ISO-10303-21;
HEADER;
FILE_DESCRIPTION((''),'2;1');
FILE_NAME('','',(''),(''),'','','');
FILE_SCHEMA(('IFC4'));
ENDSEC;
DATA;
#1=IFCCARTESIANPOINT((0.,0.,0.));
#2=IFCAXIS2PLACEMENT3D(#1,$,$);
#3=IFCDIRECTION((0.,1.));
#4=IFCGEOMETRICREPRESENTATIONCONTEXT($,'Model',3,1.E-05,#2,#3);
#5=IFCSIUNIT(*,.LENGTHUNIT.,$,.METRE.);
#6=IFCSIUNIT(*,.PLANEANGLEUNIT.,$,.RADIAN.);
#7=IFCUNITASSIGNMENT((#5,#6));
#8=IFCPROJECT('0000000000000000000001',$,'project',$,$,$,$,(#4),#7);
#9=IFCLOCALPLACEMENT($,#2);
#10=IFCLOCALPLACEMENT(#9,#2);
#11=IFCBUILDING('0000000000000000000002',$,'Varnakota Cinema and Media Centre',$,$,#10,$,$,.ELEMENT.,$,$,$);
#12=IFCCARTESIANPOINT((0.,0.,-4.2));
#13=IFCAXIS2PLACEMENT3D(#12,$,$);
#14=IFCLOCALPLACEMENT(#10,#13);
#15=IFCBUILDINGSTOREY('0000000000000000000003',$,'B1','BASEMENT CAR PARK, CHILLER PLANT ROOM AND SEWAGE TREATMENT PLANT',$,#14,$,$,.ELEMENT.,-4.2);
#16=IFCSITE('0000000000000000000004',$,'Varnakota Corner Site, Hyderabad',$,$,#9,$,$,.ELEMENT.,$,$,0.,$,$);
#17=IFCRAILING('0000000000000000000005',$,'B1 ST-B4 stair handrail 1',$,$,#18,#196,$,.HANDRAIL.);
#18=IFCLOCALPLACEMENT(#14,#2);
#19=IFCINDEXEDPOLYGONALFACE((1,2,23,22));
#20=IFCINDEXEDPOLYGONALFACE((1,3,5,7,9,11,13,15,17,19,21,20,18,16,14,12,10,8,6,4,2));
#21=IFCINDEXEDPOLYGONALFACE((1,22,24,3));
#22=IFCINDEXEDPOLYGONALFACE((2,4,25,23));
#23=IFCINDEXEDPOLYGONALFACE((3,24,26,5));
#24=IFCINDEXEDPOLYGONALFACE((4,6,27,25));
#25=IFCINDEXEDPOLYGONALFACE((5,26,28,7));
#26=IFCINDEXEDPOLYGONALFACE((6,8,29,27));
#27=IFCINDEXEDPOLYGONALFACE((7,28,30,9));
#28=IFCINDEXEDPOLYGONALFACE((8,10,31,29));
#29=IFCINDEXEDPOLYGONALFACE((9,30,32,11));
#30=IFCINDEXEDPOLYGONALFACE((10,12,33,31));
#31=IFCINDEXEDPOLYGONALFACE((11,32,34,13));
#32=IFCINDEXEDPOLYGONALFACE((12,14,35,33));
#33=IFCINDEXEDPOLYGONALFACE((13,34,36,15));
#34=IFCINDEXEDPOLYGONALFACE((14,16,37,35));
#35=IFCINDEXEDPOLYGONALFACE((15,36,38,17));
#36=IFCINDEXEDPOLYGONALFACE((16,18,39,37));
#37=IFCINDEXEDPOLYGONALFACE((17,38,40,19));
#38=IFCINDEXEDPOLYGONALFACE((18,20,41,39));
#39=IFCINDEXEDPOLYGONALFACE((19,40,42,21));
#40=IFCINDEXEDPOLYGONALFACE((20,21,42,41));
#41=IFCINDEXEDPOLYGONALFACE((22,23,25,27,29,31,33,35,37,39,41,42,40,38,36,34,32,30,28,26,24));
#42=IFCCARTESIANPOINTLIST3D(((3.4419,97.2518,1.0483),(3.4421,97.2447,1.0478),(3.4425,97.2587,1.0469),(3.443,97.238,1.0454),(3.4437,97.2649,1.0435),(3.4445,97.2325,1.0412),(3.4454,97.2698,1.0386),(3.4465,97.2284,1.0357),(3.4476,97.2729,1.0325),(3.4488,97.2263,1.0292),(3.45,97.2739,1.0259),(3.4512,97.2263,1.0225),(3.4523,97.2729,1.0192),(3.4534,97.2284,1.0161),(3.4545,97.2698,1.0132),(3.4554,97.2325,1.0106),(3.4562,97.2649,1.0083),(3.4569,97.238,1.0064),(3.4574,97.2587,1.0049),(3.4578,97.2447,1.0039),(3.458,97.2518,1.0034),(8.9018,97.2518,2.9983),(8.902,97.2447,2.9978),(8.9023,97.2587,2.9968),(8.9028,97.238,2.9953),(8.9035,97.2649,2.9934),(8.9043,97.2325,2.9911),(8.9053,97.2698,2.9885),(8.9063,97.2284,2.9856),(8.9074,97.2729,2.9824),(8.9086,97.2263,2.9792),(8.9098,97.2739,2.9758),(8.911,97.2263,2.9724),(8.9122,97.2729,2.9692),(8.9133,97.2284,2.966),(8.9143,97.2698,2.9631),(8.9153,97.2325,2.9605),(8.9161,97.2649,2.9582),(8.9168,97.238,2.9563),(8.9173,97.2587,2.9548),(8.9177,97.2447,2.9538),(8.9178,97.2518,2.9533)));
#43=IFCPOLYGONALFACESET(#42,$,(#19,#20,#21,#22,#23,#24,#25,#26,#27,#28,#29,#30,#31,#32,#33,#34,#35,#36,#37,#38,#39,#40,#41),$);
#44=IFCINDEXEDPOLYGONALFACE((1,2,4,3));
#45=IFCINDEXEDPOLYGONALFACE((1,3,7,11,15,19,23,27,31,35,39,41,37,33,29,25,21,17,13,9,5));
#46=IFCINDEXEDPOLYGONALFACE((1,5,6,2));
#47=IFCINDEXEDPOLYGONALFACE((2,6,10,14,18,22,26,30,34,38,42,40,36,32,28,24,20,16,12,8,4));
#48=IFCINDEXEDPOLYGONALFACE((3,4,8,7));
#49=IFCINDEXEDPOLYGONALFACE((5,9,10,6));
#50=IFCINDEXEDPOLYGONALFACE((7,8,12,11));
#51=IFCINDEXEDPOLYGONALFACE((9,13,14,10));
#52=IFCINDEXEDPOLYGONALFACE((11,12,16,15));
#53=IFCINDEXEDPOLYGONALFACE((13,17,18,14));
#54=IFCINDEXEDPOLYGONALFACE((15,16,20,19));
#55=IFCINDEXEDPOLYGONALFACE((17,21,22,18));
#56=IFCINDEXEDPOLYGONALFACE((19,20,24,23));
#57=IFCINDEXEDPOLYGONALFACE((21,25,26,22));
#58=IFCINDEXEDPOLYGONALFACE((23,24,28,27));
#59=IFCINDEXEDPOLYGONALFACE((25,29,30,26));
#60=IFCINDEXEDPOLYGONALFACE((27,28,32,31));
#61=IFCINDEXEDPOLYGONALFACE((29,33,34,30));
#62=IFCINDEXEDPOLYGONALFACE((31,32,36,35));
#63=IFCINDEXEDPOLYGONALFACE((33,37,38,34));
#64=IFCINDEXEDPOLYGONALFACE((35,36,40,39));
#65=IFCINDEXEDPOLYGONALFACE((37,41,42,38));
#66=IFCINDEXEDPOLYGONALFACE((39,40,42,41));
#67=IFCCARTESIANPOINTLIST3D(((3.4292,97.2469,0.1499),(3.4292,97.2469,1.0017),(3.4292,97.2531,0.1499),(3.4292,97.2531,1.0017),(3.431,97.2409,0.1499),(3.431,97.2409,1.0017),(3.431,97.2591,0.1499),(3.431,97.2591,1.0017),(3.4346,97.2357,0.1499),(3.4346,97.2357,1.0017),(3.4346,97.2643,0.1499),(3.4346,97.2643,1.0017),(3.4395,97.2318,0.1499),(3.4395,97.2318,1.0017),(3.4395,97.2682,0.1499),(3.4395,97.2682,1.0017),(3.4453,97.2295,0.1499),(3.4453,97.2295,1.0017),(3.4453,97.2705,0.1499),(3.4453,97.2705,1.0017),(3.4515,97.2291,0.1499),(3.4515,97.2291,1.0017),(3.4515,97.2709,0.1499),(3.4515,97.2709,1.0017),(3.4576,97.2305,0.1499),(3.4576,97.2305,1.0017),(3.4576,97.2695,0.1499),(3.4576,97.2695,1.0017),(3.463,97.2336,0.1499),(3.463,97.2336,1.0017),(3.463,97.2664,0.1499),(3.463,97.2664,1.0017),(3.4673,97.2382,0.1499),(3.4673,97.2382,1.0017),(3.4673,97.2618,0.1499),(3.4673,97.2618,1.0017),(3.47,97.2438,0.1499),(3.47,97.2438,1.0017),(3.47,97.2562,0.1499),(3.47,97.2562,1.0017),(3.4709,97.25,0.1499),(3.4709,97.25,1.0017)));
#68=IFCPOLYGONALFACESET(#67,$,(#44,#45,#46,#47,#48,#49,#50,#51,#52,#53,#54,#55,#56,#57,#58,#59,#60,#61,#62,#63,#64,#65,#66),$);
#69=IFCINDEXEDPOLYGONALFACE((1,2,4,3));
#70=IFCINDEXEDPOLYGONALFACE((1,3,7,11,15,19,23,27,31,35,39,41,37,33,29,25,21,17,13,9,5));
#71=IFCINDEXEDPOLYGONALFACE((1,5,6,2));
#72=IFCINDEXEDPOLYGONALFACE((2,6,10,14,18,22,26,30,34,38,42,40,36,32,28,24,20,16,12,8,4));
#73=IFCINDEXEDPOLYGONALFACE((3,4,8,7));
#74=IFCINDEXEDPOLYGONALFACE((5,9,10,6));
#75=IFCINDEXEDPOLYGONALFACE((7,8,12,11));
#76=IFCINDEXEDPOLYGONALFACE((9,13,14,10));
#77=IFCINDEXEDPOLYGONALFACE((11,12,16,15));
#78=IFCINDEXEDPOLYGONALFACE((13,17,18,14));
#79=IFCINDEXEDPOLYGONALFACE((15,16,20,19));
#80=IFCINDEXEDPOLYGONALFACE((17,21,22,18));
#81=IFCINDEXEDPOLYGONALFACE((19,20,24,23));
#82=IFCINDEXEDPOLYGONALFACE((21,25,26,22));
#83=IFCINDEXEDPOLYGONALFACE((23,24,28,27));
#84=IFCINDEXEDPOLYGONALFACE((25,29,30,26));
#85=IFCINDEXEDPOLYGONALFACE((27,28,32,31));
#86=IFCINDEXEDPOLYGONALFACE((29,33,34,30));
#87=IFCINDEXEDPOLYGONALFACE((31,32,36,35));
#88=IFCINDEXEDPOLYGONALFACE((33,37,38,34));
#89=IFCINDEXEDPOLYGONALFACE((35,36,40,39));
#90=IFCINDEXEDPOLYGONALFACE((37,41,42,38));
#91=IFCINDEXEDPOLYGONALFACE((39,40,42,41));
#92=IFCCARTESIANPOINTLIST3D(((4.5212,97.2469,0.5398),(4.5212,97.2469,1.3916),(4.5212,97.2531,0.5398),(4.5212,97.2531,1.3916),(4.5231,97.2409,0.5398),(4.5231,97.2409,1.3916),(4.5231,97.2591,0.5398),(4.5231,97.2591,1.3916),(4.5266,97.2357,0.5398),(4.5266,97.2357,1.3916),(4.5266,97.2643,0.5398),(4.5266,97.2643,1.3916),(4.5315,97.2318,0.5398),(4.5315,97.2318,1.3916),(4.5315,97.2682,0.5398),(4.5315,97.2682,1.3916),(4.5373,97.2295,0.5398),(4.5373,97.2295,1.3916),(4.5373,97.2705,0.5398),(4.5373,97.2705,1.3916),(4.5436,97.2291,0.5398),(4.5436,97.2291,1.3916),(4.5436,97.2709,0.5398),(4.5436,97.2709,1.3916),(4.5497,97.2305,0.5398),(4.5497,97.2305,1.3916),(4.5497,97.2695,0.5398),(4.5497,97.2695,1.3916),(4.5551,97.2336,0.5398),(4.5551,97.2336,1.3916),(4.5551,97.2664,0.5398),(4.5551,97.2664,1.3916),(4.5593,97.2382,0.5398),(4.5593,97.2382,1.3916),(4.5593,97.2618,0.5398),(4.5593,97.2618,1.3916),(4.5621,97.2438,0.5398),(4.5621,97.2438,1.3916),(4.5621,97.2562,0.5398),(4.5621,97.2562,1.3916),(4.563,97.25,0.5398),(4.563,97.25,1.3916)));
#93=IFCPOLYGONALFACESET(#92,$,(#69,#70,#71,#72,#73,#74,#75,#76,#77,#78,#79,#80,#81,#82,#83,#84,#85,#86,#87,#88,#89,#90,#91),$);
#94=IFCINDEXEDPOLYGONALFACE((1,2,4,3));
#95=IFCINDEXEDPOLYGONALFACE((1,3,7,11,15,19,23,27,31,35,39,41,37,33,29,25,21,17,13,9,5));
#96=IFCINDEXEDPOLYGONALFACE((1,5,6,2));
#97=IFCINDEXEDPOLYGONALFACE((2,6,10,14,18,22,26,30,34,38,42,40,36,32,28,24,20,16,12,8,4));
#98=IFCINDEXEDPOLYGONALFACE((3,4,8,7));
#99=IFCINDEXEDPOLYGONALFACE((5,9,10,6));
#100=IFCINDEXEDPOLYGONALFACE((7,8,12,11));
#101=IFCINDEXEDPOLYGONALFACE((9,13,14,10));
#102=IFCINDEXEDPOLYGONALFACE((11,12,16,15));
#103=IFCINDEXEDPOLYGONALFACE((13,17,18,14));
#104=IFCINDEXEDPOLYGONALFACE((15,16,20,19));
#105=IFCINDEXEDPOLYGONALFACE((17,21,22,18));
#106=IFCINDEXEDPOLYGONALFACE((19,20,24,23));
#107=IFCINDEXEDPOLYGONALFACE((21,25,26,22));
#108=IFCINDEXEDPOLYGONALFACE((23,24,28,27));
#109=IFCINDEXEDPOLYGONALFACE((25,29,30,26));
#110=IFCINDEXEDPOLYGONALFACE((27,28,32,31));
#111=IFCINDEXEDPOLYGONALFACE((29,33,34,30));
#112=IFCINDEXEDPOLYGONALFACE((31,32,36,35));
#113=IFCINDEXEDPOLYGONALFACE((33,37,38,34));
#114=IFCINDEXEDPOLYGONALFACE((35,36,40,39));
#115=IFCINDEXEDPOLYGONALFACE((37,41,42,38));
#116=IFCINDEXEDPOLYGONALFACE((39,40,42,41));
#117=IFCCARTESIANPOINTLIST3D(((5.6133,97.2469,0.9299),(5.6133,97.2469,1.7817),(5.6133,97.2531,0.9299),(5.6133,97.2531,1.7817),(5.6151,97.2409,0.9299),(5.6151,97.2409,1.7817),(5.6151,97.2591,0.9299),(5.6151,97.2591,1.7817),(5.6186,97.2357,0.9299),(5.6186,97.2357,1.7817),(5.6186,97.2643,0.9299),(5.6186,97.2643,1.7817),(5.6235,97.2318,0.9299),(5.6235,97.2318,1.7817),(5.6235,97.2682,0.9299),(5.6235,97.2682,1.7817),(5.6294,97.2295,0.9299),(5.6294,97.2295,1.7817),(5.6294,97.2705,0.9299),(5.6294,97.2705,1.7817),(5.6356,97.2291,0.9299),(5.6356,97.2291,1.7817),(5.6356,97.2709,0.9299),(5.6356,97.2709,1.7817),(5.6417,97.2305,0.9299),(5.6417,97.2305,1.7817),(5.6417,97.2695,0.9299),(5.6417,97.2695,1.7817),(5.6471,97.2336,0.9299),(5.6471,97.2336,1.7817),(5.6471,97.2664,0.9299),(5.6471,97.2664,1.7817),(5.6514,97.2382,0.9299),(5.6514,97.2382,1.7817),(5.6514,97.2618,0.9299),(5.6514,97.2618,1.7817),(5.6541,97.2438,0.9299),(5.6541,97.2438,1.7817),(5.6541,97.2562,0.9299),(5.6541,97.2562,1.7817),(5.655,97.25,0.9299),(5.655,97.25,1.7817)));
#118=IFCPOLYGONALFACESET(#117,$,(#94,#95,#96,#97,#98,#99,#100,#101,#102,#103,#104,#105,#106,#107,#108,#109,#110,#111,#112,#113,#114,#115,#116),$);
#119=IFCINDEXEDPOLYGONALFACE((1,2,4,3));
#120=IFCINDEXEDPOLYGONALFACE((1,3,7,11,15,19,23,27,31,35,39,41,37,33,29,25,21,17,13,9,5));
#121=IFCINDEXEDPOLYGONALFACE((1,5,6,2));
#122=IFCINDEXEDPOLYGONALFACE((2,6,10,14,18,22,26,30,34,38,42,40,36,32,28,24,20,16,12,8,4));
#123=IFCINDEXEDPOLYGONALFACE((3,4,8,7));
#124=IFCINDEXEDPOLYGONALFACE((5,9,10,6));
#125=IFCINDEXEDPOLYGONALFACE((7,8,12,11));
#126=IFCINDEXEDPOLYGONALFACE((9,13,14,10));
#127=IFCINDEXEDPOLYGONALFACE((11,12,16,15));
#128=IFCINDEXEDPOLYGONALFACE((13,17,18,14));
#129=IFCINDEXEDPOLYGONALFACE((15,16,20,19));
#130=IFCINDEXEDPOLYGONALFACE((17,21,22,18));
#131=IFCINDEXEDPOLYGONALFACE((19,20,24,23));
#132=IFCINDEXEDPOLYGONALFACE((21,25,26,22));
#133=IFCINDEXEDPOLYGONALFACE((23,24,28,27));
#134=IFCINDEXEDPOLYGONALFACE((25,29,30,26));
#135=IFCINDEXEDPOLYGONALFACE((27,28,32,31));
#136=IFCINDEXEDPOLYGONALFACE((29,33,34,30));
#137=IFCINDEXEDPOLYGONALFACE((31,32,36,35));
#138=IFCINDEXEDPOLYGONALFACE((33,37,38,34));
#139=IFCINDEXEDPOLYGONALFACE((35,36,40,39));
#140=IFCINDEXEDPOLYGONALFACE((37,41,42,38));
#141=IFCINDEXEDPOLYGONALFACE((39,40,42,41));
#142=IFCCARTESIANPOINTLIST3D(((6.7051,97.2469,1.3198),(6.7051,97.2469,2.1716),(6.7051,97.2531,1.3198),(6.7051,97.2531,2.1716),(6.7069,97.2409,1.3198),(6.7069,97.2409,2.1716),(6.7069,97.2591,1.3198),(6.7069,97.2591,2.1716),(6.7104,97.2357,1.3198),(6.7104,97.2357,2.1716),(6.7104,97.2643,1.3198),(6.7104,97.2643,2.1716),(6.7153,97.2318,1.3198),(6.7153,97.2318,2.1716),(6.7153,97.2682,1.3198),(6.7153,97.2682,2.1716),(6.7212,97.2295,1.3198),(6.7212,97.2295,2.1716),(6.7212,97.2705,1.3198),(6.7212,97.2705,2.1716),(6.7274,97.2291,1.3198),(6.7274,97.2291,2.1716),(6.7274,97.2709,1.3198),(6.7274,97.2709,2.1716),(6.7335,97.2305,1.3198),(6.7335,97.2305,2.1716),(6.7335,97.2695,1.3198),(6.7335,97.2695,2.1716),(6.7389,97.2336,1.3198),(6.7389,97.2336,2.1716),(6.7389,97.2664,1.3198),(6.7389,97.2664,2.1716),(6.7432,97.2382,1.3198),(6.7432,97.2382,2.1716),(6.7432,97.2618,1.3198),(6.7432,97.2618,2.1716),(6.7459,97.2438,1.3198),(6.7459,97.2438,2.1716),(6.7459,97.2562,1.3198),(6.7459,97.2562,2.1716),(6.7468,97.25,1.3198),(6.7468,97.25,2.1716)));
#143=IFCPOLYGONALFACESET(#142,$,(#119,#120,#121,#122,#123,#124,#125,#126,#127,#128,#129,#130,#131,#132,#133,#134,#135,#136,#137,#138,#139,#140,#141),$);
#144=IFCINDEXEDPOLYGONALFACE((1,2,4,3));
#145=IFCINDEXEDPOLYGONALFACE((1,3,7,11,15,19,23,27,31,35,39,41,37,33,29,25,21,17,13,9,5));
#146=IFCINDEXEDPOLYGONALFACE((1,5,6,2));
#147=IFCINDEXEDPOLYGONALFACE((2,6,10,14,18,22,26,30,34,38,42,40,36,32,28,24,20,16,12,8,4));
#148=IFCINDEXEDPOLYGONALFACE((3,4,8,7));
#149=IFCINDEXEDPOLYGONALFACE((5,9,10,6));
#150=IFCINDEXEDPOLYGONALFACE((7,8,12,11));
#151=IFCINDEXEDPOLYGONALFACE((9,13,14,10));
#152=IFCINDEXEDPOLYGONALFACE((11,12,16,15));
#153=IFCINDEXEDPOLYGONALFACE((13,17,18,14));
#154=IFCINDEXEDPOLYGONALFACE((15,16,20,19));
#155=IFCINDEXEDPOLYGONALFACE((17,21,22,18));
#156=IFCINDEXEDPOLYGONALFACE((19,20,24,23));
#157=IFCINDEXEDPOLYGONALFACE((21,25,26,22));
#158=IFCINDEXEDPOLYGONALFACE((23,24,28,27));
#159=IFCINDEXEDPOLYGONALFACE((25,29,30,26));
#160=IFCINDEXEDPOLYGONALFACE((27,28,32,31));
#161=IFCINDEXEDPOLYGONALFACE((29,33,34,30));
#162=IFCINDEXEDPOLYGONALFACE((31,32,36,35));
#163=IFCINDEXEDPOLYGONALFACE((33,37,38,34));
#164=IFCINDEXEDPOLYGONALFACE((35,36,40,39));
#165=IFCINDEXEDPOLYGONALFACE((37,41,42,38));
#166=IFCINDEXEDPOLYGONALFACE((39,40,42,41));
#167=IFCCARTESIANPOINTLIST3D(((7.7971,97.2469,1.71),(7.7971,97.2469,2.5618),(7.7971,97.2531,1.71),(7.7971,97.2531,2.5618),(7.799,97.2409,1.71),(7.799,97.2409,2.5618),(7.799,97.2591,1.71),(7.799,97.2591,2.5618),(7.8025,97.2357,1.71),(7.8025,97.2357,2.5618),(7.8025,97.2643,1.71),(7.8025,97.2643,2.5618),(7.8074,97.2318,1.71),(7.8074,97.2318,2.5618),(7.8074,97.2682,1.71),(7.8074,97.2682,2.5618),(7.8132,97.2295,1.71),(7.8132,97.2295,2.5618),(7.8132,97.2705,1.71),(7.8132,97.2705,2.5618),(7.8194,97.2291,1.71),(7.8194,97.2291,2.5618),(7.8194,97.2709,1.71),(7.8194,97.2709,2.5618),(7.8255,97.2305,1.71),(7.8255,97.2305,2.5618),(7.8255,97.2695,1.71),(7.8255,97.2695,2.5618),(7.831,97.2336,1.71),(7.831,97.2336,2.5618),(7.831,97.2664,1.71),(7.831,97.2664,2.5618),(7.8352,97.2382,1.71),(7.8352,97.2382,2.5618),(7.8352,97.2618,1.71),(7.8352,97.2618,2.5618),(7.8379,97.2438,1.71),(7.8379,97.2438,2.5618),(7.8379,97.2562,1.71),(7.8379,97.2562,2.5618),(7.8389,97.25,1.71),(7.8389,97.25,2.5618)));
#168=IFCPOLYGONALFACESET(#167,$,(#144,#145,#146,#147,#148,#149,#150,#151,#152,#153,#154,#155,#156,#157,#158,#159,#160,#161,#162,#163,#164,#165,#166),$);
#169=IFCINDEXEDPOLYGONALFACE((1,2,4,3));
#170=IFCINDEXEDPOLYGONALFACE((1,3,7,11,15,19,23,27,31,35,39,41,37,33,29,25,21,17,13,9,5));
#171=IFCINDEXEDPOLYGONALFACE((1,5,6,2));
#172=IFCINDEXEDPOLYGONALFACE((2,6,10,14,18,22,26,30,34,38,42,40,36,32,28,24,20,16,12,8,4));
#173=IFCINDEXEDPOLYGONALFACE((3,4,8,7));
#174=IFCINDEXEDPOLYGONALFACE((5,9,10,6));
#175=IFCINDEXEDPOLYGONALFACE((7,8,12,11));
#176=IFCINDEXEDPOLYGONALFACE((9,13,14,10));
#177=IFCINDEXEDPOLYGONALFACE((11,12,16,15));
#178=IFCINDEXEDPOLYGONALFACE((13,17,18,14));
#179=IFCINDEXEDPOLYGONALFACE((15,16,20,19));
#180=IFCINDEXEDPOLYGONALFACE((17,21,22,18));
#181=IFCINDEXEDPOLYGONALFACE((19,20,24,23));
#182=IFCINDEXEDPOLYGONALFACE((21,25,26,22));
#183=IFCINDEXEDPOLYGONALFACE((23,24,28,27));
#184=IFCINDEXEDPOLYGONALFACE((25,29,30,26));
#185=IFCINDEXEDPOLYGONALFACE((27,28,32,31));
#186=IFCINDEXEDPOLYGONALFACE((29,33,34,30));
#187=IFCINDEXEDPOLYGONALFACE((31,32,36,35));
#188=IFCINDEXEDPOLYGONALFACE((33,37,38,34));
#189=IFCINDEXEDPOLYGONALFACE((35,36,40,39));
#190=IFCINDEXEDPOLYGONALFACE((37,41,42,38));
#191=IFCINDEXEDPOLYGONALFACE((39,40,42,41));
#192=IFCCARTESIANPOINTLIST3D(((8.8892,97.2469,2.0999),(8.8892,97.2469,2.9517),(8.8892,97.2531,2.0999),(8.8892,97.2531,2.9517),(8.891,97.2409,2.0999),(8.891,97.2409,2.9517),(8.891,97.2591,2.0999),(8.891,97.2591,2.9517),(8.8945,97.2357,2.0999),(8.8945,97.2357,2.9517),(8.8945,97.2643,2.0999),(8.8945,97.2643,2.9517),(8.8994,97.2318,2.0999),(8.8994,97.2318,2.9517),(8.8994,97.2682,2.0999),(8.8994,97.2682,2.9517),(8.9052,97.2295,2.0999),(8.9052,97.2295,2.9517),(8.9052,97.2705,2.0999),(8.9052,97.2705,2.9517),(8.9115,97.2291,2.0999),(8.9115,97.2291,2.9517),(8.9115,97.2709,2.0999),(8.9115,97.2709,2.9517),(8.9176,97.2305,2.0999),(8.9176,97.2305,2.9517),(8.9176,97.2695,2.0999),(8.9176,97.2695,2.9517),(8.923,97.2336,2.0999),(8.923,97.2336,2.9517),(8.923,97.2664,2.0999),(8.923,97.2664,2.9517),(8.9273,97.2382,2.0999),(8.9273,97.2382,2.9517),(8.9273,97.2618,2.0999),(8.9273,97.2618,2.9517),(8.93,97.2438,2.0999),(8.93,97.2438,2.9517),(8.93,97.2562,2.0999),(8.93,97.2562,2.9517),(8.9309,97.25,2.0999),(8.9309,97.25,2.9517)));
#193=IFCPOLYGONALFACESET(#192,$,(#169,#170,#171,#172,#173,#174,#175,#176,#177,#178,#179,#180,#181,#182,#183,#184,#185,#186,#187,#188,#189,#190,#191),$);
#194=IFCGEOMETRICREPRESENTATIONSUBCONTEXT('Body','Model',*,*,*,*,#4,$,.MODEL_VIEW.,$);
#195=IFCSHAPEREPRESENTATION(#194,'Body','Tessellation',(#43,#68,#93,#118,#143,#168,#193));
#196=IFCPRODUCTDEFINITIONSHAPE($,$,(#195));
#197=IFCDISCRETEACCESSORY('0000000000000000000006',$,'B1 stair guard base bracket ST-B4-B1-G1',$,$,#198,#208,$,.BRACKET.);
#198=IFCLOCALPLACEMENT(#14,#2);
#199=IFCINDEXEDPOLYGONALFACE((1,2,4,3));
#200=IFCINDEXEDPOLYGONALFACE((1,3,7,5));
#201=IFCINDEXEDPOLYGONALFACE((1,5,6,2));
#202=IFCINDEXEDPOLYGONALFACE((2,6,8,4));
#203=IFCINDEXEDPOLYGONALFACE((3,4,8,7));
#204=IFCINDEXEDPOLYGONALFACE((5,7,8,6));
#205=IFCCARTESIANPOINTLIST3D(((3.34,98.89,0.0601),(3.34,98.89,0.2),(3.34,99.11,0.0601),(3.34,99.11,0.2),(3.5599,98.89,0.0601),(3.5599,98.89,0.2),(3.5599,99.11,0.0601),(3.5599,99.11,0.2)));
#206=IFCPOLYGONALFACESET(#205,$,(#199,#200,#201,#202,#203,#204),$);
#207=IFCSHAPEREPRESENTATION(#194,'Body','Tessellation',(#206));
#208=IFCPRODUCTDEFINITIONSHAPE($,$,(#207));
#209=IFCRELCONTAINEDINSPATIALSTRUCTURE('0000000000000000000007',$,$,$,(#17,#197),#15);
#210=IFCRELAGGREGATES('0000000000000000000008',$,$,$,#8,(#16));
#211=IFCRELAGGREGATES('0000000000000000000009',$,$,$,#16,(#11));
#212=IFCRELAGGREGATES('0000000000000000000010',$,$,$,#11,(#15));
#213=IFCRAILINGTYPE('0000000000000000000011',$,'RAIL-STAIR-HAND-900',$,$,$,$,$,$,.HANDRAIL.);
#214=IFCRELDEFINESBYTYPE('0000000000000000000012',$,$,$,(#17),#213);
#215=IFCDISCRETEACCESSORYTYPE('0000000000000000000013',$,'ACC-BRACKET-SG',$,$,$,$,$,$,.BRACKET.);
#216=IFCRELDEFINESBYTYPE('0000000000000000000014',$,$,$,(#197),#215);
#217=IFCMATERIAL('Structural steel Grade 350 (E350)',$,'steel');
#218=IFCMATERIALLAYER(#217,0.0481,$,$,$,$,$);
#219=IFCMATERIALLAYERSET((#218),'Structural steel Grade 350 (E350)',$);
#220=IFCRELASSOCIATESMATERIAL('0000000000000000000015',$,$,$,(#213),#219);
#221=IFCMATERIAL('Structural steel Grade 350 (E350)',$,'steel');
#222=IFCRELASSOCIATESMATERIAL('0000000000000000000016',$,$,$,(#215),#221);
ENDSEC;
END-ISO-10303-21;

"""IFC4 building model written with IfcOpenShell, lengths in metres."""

from ifc_helpers import new_model, si_unit, direction, frame, origin, origin_2d, place, context, subcontext, project, spatial, rectangle, circle, extrude, material, layer, layer_set, type_object, element, save


model = new_model("IFC4")

# Units and contexts
model_context = context("Model", 3, precision=1e-05, world=origin(), true_north=direction((0.0, 1.0)))
body_context = subcontext(model_context, "Body", "Model", "MODEL_VIEW")
ifc_project = project(units=[si_unit("LENGTHUNIT", "METRE"), si_unit("PLANEANGLEUNIT", "RADIAN")], contexts=[model_context])

# Site, building, storey
site_placement = place(None, origin())
site = spatial("IfcSite", under=ifc_project, at=site_placement, Name="Varnakota Corner Site, Hyderabad", CompositionType="ELEMENT", RefElevation=0.0)
building_placement = place(site_placement, origin())
building = spatial("IfcBuilding", under=site, at=building_placement, Name="Varnakota Cinema and Media Centre", CompositionType="ELEMENT")
storey_placement = place(building_placement, frame((0.0, 0.0, -4.2)))
storey = spatial("IfcBuildingStorey", under=building, at=storey_placement, Name="B1", Description="BASEMENT CAR PARK, CHILLER PLANT ROOM AND SEWAGE TREATMENT PLANT", CompositionType="ELEMENT", Elevation=-4.2)

# Railing
ifc_material_1 = material(Name="Structural steel Grade 350 (E350)", Category="steel")
ifc_layer_1 = layer(ifc_material_1, 0.0481)
ifc_layer_set_1 = layer_set([ifc_layer_1], Name="Structural steel Grade 350 (E350)")
railing_type_1 = type_object("IfcRailingType", Name="RAIL-STAIR-HAND-900", PredefinedType="HANDRAIL", material=ifc_layer_set_1)
railing_1_placement = place(storey_placement, frame((3.45, 97.25, 0.1499)))
element("IfcRailing", 1, at=railing_1_placement, inside=storey, type_object=railing_type_1, Name="B1 ST-B4 stair handrail 1", PredefinedType="HANDRAIL", context=body_context, shape_type="SweptSolid", body=[
    extrude(circle(Radius=0.0239, at=origin_2d()), frame((0.0, 0.0, 0.876), z_axis=(0.941744, 0.0, 0.336331), x_axis=(0.0, 1.0, 0.0)), (0.0, 0.0, 1.0), 5.7976),
    extrude(circle(Radius=0.021, at=origin_2d()), origin(), (0.0, 0.0, 1.0), 0.8518),
    extrude(circle(Radius=0.021, at=origin_2d()), frame((1.092, 0.0, 0.3899)), (0.0, 0.0, 1.0), 0.8518),
    extrude(circle(Radius=0.021, at=origin_2d()), frame((2.1841, 0.0, 0.78)), (0.0, 0.0, 1.0), 0.8518),
    extrude(circle(Radius=0.021, at=origin_2d()), frame((3.2759, 0.0, 1.1699)), (0.0, 0.0, 1.0), 0.8518),
    extrude(circle(Radius=0.021, at=origin_2d()), frame((4.3679, 0.0, 1.5601)), (0.0, 0.0, 1.0), 0.8518),
    extrude(circle(Radius=0.021, at=origin_2d()), frame((5.46, 0.0, 1.95)), (0.0, 0.0, 1.0), 0.8518),
])

# Discrete accessory
ifc_material_2 = material(Name="Structural steel Grade 350 (E350)", Category="steel")
discrete_accessory_type = type_object("IfcDiscreteAccessoryType", Name="ACC-BRACKET-SG", PredefinedType="BRACKET", material=ifc_material_2)
for number, where, z_axis, x_axis, name in (
    (2, (3.45, 99.0, 0.0601), (0.0, 0.0, 1.0), (1.0, 0.0, 0.0), "B1 stair guard base bracket ST-B4-B1-G1"),
):
    element("IfcDiscreteAccessory", number, at=place(storey_placement, frame(where, z_axis=z_axis, x_axis=x_axis)), inside=storey, type_object=discrete_accessory_type, Name=name, PredefinedType="BRACKET", context=body_context, shape_type="SweptSolid", body=[
        extrude(rectangle(XDim=0.22, YDim=0.22, at=origin_2d()), origin(), (0.0, 0.0, 1.0), 0.1399),
    ])

save(model, "model.ifc")
